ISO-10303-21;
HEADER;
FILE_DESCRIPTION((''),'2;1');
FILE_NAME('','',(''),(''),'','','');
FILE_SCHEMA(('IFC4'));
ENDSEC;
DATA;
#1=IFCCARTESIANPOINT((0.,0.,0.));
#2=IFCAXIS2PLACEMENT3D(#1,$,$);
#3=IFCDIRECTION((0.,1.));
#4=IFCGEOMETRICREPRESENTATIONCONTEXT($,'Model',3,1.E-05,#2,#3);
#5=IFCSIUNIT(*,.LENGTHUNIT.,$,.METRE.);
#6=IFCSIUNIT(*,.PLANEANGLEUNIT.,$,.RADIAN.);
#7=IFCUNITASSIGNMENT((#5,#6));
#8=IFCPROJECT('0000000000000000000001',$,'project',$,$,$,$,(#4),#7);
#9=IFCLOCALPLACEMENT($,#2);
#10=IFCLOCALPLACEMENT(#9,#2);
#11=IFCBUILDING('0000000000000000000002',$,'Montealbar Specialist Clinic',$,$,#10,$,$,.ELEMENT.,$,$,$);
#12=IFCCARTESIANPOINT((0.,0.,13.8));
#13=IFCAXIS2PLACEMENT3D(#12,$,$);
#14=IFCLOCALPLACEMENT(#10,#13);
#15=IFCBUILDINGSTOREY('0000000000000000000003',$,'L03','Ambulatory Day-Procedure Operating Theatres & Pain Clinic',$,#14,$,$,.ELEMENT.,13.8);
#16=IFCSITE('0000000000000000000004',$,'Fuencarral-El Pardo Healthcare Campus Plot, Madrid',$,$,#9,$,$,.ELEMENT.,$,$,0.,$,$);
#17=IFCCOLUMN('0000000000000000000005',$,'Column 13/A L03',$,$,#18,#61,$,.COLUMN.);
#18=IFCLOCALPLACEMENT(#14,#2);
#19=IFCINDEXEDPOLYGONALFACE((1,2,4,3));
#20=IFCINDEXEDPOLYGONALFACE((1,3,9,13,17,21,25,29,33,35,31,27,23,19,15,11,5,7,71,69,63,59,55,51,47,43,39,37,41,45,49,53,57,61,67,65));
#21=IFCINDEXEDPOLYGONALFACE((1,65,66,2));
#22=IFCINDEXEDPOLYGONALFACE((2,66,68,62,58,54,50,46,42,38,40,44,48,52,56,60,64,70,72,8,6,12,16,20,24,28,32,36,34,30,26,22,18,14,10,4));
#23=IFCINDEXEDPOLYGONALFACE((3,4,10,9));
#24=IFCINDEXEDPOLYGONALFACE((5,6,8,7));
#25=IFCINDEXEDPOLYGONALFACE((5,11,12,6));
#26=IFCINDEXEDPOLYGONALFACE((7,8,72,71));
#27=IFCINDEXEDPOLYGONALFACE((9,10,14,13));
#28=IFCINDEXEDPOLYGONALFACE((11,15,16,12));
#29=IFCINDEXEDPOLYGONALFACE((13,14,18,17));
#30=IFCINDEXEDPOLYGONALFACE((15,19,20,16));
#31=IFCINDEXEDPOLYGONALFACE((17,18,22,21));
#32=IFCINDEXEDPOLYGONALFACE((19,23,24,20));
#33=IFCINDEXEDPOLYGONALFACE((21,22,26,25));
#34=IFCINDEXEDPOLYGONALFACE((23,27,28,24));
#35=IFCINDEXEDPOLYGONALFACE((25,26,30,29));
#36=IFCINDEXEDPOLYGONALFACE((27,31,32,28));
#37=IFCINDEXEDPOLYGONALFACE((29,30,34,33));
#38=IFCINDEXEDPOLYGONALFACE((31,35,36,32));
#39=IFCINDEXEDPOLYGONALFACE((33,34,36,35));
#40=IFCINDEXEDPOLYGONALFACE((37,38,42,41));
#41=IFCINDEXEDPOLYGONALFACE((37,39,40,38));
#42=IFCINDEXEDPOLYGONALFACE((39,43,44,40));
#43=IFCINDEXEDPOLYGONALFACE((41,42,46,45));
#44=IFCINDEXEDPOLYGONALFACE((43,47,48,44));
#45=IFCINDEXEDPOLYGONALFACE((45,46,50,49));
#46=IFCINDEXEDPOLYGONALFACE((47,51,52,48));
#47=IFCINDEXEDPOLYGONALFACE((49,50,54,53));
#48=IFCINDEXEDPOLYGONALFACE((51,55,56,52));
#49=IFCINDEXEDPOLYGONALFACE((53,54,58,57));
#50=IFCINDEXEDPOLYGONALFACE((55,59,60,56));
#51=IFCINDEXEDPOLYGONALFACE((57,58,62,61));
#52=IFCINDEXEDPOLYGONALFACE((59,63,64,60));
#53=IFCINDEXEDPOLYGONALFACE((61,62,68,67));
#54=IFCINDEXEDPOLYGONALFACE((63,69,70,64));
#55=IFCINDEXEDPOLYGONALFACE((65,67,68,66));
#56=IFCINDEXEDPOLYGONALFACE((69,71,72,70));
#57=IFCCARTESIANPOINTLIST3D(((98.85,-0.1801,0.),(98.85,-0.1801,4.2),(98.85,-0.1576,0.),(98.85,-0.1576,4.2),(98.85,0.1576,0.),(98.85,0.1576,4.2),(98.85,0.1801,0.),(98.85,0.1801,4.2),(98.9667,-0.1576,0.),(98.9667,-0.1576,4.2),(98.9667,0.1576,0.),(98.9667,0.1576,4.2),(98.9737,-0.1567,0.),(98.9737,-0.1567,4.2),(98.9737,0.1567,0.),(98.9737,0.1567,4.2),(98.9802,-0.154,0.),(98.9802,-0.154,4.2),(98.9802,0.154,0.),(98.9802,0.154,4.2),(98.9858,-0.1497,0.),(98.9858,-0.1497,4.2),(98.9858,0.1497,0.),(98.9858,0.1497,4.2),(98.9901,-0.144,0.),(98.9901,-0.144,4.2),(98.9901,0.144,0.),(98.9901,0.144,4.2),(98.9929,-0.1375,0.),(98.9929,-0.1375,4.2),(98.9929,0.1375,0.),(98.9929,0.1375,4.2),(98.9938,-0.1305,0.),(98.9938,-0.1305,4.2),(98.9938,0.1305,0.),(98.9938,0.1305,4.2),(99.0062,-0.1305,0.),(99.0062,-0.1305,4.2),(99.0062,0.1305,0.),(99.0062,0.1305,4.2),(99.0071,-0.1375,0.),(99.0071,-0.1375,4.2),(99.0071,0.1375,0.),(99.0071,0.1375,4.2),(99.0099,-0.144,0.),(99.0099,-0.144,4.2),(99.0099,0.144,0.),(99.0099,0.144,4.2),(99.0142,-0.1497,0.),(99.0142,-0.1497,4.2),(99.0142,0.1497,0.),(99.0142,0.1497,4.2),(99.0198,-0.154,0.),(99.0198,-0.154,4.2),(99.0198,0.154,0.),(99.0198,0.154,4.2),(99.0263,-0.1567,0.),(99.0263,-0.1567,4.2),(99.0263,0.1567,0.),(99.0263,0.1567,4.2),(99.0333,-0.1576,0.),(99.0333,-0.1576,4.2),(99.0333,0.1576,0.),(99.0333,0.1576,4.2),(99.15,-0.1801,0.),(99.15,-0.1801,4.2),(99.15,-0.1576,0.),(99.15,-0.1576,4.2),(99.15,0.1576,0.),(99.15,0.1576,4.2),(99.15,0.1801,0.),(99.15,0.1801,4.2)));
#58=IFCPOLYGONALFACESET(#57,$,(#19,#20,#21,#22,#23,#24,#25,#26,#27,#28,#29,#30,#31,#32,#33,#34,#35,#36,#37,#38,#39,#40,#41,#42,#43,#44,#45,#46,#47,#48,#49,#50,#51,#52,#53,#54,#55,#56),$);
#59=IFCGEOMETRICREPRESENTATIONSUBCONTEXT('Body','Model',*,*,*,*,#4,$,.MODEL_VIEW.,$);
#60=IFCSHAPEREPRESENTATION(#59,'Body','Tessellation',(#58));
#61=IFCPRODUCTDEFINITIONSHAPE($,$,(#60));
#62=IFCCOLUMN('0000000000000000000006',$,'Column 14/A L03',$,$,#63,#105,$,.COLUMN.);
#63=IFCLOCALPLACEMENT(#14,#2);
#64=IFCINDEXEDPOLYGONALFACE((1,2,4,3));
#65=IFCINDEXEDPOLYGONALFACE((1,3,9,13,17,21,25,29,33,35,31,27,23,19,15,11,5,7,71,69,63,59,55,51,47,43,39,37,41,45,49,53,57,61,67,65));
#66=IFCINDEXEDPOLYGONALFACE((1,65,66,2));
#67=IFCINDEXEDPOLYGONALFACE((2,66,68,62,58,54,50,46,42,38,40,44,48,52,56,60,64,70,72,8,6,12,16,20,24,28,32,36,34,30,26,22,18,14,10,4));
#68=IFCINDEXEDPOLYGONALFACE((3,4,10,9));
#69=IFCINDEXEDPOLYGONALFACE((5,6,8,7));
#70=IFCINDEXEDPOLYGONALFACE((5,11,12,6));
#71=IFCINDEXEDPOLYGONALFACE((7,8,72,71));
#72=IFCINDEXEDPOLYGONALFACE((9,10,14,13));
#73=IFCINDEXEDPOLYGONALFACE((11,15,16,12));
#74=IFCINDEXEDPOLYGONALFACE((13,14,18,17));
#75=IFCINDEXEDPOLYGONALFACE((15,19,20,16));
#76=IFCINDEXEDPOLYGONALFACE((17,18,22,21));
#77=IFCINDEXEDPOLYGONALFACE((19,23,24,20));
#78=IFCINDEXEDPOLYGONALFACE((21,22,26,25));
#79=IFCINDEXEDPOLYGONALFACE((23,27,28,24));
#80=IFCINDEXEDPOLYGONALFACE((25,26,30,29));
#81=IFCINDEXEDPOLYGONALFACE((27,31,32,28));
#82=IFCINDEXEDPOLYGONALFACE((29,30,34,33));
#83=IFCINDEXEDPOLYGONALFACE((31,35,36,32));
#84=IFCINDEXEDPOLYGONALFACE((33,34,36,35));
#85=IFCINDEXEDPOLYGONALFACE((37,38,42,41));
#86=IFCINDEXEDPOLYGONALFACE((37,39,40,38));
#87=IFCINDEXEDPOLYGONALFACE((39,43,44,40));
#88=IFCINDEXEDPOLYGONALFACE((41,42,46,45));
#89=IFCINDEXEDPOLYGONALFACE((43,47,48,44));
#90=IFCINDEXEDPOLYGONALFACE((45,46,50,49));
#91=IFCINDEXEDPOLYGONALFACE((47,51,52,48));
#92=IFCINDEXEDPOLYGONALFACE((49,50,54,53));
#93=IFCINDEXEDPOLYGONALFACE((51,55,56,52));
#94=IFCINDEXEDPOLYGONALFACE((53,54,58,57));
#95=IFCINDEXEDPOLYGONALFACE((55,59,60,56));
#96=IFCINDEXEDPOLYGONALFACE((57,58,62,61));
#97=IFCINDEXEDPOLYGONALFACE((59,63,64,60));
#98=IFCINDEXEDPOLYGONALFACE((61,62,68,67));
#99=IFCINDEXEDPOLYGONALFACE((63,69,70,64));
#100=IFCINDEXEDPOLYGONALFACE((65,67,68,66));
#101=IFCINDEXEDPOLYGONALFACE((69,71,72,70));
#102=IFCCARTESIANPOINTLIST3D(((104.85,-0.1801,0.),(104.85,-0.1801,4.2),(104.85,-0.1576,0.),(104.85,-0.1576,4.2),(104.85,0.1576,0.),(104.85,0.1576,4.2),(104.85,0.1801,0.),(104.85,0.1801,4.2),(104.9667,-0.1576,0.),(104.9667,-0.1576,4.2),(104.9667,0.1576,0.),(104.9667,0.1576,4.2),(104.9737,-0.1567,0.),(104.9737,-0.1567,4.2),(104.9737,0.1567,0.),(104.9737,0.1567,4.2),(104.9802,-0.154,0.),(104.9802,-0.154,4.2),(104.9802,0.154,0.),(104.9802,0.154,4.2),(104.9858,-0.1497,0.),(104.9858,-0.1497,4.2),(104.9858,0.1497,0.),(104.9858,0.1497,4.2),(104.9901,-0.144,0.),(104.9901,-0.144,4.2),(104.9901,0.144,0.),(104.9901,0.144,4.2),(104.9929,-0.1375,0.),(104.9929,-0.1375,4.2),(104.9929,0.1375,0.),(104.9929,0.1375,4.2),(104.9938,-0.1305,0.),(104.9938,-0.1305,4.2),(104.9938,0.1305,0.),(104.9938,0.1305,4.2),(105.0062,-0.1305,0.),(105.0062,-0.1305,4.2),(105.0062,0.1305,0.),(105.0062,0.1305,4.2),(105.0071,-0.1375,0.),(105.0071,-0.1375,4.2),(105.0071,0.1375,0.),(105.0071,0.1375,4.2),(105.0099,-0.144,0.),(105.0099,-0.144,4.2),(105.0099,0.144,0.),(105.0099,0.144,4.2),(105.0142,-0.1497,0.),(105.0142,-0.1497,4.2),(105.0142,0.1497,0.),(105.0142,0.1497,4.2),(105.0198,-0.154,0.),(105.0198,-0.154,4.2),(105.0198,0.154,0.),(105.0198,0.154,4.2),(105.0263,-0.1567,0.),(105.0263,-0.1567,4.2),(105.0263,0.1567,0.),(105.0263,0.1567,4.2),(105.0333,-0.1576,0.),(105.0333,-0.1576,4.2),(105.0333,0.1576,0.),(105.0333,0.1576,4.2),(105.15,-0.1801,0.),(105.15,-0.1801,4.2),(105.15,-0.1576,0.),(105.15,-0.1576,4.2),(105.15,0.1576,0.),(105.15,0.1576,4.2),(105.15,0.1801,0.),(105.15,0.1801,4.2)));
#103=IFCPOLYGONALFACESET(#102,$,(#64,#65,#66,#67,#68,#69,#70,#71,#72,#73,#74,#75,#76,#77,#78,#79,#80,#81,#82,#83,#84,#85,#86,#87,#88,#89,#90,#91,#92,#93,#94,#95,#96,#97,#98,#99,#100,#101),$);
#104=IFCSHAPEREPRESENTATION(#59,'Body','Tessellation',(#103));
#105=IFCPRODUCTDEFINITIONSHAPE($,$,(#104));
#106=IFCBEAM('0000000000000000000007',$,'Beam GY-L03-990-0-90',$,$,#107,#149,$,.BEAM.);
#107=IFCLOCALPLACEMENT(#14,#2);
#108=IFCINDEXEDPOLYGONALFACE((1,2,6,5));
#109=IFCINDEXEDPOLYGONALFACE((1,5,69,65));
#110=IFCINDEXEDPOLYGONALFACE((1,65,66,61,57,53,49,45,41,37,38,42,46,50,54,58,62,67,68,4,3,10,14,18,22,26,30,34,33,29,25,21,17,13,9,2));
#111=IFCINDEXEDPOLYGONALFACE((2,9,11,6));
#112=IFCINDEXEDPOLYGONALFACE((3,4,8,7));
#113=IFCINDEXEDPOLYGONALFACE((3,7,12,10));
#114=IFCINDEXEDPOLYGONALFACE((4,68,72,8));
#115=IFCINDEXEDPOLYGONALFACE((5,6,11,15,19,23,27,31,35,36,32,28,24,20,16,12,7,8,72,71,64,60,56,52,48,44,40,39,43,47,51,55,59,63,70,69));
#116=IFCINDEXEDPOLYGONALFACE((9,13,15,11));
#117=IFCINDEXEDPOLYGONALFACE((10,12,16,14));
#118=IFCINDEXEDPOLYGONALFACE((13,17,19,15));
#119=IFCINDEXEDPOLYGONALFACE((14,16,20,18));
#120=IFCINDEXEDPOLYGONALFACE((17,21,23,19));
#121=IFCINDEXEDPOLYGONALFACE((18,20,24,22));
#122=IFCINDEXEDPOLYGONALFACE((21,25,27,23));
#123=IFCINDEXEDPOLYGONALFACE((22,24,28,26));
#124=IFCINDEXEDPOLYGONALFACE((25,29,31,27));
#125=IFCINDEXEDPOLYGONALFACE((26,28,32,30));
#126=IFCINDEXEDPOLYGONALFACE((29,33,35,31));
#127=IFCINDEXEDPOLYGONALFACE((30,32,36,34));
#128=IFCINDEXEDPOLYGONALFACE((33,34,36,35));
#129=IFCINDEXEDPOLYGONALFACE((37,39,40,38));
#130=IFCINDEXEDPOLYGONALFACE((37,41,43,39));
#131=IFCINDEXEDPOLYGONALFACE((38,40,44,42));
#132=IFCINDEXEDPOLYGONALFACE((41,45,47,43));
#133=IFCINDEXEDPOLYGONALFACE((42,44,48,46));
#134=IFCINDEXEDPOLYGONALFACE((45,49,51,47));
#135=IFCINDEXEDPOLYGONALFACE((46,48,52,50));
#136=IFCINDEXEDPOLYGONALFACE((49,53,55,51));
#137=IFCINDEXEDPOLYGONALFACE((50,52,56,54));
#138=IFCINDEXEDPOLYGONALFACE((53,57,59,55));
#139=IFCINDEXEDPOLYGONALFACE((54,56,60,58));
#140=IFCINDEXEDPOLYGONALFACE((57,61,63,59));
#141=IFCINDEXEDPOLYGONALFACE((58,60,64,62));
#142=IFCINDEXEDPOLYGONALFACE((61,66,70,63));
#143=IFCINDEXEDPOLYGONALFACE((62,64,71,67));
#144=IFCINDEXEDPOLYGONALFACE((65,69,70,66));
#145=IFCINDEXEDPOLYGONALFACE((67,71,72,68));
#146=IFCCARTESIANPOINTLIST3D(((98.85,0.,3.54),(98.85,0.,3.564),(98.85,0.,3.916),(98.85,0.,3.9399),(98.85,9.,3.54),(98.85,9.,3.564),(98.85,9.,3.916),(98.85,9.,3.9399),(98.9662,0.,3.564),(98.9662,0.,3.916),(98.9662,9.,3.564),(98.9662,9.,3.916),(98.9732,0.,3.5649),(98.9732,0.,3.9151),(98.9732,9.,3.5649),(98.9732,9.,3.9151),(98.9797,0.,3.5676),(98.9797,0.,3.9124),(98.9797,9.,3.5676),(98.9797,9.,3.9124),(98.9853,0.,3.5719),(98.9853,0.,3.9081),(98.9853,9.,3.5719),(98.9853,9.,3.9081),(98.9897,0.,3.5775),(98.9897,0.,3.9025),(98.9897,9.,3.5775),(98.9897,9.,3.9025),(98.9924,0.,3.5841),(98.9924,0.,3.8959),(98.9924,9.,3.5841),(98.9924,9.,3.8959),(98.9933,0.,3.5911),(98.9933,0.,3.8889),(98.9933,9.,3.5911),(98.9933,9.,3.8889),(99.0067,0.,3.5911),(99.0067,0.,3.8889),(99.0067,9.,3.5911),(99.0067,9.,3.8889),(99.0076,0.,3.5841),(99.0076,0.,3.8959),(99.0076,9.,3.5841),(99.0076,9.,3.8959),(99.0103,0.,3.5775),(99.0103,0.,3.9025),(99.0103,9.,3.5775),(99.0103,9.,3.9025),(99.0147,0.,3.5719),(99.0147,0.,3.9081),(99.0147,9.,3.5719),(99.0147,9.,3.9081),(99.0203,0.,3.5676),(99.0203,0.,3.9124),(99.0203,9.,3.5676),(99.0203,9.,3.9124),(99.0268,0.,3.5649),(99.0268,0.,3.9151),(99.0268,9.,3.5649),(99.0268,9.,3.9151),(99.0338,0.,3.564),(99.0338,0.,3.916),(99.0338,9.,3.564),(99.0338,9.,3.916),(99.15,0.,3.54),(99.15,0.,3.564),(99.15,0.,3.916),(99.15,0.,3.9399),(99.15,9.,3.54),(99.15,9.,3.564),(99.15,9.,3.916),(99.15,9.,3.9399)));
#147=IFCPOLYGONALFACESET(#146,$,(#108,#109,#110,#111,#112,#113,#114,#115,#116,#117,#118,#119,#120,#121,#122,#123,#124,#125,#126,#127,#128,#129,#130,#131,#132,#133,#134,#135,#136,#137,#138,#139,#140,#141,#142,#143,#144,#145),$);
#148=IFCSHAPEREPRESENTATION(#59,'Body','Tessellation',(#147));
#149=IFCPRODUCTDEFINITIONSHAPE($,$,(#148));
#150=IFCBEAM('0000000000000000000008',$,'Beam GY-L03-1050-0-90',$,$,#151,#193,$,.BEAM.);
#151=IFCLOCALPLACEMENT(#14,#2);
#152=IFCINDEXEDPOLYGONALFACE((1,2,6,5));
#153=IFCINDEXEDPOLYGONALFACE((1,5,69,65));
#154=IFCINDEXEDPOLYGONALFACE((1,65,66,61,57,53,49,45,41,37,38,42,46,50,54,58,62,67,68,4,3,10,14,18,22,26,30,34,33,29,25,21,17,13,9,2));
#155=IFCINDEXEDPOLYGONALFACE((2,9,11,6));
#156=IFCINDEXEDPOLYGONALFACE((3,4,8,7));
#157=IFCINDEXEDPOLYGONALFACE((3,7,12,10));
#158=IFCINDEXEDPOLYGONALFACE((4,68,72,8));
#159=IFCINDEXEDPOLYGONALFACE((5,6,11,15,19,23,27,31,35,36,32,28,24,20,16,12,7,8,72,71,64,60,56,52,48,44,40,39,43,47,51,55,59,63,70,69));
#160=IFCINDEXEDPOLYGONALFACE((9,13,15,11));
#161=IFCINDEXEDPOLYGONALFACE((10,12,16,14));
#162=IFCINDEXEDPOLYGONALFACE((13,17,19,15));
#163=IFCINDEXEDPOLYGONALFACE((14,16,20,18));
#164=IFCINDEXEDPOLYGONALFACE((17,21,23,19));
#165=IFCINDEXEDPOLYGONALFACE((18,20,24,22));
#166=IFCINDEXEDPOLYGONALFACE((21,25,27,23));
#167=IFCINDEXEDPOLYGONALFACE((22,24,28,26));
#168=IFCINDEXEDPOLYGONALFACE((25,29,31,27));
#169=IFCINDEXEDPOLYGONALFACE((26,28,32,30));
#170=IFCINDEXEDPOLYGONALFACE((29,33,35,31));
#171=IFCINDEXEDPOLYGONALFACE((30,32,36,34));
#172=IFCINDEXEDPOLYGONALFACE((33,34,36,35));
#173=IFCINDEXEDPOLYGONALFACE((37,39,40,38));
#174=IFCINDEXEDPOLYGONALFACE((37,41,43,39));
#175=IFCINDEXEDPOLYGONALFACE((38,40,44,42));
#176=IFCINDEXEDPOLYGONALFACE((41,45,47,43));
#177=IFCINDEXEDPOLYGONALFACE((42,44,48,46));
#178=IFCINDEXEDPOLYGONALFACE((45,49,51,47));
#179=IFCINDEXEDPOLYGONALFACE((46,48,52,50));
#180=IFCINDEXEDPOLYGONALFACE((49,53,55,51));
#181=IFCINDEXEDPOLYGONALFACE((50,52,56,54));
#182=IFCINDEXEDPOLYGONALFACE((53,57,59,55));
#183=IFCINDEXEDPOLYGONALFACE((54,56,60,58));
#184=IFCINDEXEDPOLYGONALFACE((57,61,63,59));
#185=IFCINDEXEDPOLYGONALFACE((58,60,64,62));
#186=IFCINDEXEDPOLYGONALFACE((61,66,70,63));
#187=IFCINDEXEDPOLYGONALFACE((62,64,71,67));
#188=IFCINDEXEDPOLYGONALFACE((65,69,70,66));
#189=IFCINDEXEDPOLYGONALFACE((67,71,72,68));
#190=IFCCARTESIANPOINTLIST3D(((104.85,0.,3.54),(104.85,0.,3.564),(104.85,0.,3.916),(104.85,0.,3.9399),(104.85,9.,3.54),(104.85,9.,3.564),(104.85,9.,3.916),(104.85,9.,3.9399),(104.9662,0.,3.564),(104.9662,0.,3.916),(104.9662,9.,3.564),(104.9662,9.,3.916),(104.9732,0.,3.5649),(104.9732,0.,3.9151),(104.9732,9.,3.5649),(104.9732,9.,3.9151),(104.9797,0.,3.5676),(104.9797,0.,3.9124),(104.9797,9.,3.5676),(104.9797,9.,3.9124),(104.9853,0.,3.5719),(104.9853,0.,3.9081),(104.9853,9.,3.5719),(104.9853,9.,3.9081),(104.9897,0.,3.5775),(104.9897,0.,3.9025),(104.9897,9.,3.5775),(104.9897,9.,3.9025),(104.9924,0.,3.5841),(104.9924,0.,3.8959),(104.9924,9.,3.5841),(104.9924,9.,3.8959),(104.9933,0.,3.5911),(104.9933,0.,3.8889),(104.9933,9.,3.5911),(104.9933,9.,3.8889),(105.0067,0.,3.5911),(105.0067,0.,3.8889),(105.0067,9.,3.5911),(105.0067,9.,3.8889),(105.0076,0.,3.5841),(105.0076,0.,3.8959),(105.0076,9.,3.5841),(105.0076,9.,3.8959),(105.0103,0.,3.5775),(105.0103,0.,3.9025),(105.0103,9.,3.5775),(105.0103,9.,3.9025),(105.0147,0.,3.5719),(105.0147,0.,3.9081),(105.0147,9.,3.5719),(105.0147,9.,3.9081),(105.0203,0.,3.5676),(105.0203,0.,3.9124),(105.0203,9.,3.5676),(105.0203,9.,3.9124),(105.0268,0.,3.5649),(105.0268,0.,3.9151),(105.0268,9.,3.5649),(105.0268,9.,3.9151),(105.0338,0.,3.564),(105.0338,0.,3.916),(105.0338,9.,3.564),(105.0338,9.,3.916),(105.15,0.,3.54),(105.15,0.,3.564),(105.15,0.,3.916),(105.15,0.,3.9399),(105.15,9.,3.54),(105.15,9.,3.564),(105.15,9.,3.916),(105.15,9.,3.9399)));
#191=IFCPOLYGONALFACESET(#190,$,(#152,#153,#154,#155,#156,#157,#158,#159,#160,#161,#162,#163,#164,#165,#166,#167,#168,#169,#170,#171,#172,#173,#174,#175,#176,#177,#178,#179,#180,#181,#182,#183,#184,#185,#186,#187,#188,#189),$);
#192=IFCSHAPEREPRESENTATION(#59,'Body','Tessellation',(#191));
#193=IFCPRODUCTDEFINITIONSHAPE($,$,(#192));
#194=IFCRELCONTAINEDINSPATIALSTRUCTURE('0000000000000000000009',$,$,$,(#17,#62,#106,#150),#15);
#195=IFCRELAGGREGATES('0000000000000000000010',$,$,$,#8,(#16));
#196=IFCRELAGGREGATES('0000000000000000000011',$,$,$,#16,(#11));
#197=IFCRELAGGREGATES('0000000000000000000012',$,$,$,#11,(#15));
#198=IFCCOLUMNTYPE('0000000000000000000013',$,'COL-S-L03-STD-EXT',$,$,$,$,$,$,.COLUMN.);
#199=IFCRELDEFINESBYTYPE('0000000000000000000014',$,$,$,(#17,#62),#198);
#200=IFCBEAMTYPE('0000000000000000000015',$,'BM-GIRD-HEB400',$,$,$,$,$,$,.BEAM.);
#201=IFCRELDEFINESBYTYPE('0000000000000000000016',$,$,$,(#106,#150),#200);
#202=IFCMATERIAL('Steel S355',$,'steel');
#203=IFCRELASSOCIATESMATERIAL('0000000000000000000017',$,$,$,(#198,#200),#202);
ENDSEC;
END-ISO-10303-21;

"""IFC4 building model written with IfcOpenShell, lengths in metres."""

from ifc_helpers import new_model, si_unit, direction, frame, origin, origin_2d, place, context, subcontext, project, spatial, i_section, extrude, material, material_profile, profile_set, type_object, element, save


model = new_model("IFC4")

# Units and contexts
model_context = context("Model", 3, precision=1e-05, world=origin(), true_north=direction((0.0, 1.0)))
body_context = subcontext(model_context, "Body", "Model", "MODEL_VIEW")
ifc_project = project(units=[si_unit("LENGTHUNIT", "METRE"), si_unit("PLANEANGLEUNIT", "RADIAN")], contexts=[model_context])

# Site, building, storey
site_placement = place(None, origin())
site = spatial("IfcSite", under=ifc_project, at=site_placement, Name="Fuencarral-El Pardo Healthcare Campus Plot, Madrid", CompositionType="ELEMENT", RefElevation=0.0)
building_placement = place(site_placement, origin())
building = spatial("IfcBuilding", under=site, at=building_placement, Name="Montealbar Specialist Clinic", CompositionType="ELEMENT")
storey_placement = place(building_placement, frame((0.0, 0.0, 13.8)))
storey = spatial("IfcBuildingStorey", under=building, at=storey_placement, Name="L03", Description="Ambulatory Day-Procedure Operating Theatres & Pain Clinic", CompositionType="ELEMENT", Elevation=13.8)

# Columns
ifc_material_1 = material(Name="Steel S355", Category="steel")
ifc_material_profile_1 = material_profile(ifc_material_1, i_section(OverallWidth=0.3, OverallDepth=0.3601, WebThickness=0.0125, FlangeThickness=0.0225, FilletRadius=0.0271, at=origin_2d()), Name="HEB 360", Category="steel")
ifc_profile_set_1 = profile_set([ifc_material_profile_1], Name="Steel S355")
column_type = type_object("IfcColumnType", Name="COL-S-L03-STD-EXT", PredefinedType="COLUMN", material=ifc_profile_set_1)
for number, where, z_axis, x_axis, name in (
    (1, (99.0, 0.0, 0.0), (0.0, 0.0, 1.0), (1.0, 0.0, 0.0), "Column 13/A L03"),
    (2, (105.0, 0.0, 0.0), (0.0, 0.0, 1.0), (1.0, 0.0, 0.0), "Column 14/A L03"),
):
    element("IfcColumn", number, at=place(storey_placement, frame(where, z_axis=z_axis, x_axis=x_axis)), inside=storey, type_object=column_type, Name=name, PredefinedType="COLUMN", context=body_context, shape_type="SweptSolid", body=[
        extrude(i_section(OverallWidth=0.3, OverallDepth=0.3601, WebThickness=0.0125, FlangeThickness=0.0225, FilletRadius=0.0271, at=origin_2d()), origin(), (0.0, 0.0, 1.0), 4.2),
    ])

# Beams
ifc_material_profile_2 = material_profile(ifc_material_1, i_section(OverallWidth=0.3, OverallDepth=0.3999, WebThickness=0.0134, FlangeThickness=0.0239, FilletRadius=0.0271, at=origin_2d()), Name="HEB 400", Category="steel")
ifc_profile_set_2 = profile_set([ifc_material_profile_2], Name="Steel S355")
beam_type_1 = type_object("IfcBeamType", Name="BM-GIRD-HEB400", PredefinedType="BEAM", material=ifc_profile_set_2)
for number, where, z_axis, x_axis, name in (
    (3, (99.0, 0.0, 3.74), (0.0, 1.0, 0.0), (-1.0, 0.0, 0.0), "Beam GY-L03-990-0-90"),
    (4, (105.0, 0.0, 3.74), (0.0, 1.0, 0.0), (-1.0, 0.0, 0.0), "Beam GY-L03-1050-0-90"),
):
    element("IfcBeam", number, at=place(storey_placement, frame(where, z_axis=z_axis, x_axis=x_axis)), inside=storey, type_object=beam_type_1, Name=name, PredefinedType="BEAM", context=body_context, shape_type="SweptSolid", body=[
        extrude(i_section(OverallWidth=0.3, OverallDepth=0.3999, WebThickness=0.0134, FlangeThickness=0.0239, FilletRadius=0.0271, at=origin_2d()), origin(), (0.0, 0.0, 1.0), 9.0),
    ])

save(model, "model.ifc")
